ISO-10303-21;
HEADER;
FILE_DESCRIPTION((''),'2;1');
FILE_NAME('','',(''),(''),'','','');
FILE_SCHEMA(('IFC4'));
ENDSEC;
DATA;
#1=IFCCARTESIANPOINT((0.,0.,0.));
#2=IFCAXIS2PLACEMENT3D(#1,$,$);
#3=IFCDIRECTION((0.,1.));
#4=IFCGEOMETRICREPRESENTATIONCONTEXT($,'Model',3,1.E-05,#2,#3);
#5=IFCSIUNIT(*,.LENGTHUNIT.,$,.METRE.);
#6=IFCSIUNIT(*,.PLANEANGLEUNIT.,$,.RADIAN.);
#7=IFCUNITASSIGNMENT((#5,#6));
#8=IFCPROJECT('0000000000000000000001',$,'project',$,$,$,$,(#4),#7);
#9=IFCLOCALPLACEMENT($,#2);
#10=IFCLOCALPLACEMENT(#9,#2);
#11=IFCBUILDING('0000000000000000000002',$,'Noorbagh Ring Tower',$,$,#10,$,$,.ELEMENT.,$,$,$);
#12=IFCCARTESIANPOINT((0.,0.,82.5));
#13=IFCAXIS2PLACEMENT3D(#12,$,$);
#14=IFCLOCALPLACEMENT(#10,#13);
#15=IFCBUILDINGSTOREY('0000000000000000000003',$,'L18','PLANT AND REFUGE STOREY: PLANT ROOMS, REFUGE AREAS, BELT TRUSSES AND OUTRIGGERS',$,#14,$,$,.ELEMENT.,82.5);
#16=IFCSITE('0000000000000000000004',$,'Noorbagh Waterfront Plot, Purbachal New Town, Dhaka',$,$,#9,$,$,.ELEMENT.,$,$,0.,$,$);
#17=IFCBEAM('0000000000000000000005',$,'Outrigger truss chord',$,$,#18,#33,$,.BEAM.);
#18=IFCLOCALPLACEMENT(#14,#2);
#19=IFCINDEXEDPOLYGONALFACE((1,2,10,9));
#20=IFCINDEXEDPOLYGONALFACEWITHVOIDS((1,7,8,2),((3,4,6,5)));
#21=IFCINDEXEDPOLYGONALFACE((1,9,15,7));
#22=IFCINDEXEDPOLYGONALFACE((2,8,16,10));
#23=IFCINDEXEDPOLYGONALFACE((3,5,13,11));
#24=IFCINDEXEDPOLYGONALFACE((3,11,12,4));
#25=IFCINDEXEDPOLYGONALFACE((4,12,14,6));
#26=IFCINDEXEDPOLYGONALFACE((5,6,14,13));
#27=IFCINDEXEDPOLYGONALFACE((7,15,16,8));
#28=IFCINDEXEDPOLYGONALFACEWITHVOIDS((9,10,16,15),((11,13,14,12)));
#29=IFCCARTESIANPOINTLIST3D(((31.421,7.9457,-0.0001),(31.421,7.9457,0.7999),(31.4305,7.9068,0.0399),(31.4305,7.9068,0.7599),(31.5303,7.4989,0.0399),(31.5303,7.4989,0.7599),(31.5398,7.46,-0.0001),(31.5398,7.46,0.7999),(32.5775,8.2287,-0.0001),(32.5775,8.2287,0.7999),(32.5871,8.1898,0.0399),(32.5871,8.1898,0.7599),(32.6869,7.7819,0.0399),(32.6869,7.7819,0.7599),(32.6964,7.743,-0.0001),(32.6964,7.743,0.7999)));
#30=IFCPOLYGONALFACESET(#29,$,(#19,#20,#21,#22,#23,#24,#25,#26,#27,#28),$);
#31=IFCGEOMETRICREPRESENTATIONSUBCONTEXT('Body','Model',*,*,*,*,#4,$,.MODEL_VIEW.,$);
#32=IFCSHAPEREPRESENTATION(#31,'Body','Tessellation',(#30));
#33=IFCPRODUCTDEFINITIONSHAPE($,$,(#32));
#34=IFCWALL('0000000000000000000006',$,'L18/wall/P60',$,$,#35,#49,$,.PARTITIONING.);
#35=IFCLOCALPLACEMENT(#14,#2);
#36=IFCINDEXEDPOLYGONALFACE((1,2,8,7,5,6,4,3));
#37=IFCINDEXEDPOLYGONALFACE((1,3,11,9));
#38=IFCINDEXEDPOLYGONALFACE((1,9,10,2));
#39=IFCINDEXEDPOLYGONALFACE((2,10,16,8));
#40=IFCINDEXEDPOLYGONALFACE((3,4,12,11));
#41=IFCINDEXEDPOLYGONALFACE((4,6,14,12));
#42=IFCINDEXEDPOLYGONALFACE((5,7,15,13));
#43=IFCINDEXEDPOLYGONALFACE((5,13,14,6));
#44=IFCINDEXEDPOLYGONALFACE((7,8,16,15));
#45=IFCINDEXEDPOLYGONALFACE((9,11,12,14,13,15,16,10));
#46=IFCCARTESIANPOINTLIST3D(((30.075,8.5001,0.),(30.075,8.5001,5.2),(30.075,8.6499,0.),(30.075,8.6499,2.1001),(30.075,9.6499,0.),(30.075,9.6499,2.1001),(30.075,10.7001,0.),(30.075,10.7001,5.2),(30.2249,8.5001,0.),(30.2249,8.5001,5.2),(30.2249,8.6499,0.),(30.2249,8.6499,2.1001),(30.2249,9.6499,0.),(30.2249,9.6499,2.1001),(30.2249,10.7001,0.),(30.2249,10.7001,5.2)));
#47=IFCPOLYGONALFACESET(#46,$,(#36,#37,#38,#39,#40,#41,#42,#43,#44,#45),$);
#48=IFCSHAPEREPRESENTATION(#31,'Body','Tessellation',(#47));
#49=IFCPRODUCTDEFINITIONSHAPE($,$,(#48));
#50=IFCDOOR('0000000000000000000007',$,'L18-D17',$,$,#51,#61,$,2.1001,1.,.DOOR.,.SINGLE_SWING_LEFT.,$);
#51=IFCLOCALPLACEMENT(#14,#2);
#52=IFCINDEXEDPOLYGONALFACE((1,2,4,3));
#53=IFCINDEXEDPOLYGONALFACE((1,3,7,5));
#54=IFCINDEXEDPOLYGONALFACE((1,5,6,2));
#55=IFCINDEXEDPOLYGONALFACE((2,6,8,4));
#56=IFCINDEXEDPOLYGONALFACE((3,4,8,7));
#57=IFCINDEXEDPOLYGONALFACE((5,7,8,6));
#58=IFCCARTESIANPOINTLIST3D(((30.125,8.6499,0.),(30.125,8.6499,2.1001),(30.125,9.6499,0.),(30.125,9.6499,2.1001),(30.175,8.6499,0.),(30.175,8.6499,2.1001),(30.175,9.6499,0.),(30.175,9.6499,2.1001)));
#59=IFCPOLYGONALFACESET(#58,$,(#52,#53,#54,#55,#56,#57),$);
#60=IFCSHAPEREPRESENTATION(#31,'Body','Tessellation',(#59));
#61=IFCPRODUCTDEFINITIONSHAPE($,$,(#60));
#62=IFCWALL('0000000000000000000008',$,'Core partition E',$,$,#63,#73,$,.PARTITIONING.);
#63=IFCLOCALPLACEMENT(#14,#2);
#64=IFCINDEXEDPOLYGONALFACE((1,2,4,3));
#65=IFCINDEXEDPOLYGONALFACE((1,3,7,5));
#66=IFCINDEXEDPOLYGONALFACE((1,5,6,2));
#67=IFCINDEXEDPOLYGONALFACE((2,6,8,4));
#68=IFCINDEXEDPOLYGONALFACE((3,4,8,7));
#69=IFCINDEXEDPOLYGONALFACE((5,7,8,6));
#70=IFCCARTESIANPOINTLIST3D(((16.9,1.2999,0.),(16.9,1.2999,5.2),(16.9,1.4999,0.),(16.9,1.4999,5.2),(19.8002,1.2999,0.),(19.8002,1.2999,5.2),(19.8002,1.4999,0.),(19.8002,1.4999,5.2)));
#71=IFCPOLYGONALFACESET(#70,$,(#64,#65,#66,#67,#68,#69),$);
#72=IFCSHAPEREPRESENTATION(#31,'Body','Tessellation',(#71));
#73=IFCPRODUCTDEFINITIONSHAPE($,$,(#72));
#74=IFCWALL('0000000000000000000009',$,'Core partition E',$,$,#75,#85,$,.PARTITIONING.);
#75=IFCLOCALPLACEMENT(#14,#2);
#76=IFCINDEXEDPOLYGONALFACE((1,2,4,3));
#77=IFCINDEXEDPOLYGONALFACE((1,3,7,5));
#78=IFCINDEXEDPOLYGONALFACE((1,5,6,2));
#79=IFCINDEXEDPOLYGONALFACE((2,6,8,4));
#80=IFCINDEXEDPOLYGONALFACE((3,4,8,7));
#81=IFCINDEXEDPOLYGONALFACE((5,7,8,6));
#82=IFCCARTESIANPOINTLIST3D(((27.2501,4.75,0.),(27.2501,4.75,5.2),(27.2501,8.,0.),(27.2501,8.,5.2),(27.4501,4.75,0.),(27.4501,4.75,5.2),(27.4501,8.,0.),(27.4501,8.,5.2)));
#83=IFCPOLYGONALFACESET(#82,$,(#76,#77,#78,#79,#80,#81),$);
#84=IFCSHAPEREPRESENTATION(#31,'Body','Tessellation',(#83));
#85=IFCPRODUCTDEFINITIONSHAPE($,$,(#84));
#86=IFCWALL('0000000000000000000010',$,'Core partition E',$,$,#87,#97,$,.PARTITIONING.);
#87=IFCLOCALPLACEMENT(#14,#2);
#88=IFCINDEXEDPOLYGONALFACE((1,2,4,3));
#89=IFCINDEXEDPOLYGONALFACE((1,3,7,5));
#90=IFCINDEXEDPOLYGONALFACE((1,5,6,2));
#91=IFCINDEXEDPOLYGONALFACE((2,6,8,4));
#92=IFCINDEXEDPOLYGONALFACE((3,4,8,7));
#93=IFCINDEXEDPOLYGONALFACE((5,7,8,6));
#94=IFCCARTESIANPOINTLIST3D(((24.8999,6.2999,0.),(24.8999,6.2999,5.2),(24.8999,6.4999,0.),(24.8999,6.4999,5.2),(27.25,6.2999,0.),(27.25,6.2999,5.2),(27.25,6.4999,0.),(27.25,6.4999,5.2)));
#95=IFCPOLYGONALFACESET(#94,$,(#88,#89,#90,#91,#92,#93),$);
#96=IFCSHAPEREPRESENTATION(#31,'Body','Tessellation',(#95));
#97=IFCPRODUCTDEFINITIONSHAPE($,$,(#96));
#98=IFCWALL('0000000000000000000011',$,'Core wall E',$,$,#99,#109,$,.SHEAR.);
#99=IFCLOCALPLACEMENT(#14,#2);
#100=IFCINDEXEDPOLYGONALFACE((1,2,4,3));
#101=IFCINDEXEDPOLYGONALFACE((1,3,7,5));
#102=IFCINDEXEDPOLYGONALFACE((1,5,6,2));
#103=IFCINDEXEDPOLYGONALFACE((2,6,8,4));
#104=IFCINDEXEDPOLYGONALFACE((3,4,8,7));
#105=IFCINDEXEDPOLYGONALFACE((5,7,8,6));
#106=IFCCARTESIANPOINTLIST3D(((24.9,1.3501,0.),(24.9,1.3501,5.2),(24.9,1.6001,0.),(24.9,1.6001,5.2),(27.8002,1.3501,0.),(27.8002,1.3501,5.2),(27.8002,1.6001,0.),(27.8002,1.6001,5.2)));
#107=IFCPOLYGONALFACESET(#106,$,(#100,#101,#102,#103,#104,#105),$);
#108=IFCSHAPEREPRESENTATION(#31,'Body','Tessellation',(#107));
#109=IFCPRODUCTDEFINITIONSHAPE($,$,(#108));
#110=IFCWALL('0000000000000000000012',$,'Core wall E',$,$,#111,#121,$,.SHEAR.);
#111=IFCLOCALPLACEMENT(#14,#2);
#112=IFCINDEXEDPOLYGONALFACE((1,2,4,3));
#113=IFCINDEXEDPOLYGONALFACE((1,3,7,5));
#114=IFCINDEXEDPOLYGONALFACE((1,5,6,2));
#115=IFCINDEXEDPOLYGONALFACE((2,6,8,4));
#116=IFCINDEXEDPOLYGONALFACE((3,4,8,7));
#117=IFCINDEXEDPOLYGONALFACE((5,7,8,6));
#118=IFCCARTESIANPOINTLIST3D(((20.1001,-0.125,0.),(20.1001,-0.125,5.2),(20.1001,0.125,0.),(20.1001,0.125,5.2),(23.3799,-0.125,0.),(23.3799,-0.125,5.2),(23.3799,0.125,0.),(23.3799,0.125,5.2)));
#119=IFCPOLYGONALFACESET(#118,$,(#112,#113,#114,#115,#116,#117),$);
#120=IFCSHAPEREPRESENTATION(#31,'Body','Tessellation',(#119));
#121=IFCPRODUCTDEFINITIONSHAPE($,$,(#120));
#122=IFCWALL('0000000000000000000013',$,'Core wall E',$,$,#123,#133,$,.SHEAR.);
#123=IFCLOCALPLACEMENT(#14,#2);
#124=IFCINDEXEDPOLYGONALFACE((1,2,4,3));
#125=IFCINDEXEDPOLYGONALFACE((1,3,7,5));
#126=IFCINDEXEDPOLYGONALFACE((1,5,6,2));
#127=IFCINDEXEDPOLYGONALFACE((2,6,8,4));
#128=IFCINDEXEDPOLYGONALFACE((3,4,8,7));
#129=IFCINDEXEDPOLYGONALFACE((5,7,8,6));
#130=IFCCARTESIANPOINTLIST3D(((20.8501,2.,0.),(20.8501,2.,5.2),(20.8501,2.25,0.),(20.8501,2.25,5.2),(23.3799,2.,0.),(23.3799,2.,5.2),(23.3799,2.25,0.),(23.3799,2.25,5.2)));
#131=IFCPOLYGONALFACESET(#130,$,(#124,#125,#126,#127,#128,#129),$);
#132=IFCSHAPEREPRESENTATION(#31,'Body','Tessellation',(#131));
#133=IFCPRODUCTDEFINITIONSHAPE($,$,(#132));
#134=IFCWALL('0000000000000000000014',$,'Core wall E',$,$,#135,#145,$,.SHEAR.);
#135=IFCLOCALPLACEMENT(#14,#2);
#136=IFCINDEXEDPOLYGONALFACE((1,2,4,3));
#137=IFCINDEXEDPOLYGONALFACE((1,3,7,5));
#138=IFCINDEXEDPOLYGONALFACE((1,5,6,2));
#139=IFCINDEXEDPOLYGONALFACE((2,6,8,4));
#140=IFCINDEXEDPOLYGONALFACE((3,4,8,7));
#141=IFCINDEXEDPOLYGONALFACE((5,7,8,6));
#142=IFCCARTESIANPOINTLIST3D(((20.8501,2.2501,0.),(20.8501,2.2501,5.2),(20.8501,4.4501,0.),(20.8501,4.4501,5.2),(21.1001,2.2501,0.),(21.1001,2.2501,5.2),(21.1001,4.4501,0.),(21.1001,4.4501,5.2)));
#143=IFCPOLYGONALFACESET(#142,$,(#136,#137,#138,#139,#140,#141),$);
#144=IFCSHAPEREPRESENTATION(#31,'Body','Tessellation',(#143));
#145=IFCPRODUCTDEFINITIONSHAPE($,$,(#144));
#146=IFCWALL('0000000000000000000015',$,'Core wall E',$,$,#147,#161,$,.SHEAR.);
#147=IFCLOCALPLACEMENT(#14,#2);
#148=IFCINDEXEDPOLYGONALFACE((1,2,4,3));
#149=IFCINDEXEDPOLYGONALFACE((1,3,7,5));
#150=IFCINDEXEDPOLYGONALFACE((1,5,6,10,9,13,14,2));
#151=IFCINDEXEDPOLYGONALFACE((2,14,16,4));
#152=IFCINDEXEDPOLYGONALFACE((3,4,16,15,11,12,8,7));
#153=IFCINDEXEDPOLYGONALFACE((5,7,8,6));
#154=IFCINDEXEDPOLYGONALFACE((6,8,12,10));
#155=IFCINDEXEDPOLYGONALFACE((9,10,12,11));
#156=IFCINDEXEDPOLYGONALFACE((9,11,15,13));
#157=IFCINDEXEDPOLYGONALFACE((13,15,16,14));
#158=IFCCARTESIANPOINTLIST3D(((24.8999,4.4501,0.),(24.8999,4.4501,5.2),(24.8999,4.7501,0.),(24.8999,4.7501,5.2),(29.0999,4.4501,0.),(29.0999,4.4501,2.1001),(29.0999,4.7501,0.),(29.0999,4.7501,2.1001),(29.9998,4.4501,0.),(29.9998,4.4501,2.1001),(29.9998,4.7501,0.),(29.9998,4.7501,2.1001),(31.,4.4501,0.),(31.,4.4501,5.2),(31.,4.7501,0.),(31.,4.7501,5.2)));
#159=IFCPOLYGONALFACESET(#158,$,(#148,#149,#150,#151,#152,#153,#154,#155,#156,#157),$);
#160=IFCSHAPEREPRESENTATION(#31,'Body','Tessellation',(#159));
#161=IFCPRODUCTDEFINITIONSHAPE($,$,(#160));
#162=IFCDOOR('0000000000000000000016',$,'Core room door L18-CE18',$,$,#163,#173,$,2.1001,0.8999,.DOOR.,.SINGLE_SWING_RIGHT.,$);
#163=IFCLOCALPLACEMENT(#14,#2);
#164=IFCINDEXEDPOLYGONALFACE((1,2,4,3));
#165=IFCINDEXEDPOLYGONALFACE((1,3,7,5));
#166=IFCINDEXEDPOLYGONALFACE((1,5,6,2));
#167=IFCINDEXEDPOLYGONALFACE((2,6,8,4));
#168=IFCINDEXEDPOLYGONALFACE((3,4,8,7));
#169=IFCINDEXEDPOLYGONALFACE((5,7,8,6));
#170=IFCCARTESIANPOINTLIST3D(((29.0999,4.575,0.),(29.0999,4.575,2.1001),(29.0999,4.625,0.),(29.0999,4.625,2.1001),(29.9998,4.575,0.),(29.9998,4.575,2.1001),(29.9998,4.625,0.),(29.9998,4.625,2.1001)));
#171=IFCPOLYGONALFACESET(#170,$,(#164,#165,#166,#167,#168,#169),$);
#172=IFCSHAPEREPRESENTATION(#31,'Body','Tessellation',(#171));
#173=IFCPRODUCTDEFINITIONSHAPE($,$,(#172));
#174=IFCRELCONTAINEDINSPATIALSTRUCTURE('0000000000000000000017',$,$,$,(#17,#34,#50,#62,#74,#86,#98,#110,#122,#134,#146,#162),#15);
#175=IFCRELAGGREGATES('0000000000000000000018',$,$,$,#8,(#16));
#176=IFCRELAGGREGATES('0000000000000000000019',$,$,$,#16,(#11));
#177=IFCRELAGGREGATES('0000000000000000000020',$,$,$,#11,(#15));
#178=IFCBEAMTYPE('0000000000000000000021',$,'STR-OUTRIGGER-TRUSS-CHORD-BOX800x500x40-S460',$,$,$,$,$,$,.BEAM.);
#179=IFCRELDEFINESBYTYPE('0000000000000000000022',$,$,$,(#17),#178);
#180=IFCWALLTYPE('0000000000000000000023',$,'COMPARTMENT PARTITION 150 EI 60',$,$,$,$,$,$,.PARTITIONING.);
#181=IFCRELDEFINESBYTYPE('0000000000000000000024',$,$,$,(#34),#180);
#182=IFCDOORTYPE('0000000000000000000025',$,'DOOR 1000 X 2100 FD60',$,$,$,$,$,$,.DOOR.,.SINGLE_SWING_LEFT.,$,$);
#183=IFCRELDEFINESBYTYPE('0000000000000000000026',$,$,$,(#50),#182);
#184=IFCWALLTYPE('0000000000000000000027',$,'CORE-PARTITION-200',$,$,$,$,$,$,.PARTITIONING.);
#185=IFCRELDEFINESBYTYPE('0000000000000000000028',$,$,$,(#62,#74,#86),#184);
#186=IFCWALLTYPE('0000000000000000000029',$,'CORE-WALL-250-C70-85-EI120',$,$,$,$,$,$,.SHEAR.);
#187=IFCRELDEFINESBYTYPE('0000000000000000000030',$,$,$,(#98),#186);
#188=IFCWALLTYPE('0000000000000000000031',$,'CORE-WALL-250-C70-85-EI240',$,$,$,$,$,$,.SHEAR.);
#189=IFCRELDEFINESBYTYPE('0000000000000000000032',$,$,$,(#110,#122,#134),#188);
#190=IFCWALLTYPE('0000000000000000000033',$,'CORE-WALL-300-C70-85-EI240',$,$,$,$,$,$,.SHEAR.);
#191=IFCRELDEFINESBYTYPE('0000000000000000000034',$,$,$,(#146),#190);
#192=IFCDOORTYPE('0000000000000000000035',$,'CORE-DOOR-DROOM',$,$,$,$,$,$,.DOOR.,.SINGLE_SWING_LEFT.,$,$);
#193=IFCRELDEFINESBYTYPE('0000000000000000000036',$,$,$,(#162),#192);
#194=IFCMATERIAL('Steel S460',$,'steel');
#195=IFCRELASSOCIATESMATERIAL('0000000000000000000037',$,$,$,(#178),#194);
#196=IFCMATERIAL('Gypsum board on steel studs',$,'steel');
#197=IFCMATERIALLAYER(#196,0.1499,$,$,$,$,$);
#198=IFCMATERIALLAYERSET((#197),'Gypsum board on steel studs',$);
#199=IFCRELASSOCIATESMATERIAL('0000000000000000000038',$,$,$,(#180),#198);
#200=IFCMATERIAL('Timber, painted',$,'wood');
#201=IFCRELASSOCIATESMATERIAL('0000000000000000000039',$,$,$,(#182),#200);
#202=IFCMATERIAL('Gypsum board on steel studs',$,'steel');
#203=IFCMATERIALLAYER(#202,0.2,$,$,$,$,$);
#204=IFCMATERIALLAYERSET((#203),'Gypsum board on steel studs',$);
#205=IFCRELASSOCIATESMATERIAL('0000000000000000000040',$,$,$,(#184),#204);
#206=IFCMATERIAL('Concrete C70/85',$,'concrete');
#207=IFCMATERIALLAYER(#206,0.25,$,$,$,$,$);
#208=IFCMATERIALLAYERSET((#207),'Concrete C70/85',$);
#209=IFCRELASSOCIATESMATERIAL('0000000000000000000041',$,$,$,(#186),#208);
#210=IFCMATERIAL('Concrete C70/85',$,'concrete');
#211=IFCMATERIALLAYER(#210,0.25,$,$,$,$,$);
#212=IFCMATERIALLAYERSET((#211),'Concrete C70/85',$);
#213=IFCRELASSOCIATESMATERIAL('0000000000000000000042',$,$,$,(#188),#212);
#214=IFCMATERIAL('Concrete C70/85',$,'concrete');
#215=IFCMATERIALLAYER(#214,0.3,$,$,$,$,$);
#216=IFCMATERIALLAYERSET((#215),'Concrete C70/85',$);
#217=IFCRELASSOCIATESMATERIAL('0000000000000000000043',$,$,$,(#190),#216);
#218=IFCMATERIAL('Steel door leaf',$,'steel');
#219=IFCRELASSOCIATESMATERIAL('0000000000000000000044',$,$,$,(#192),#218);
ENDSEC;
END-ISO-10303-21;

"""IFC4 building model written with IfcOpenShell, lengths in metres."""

from ifc_helpers import new_model, si_unit, direction, frame, frame_2d, origin, origin_2d, place, context, subcontext, project, spatial, rectangle, hollow_rectangle, extrude, material, layer, layer_set, material_profile, profile_set, type_object, element, fill, save


model = new_model("IFC4")

# Units and contexts
model_context = context("Model", 3, precision=1e-05, world=origin(), true_north=direction((0.0, 1.0)))
body_context = subcontext(model_context, "Body", "Model", "MODEL_VIEW")
ifc_project = project(units=[si_unit("LENGTHUNIT", "METRE"), si_unit("PLANEANGLEUNIT", "RADIAN")], contexts=[model_context])

# Site, building, storey
site_placement = place(None, origin())
site = spatial("IfcSite", under=ifc_project, at=site_placement, Name="Noorbagh Waterfront Plot, Purbachal New Town, Dhaka", CompositionType="ELEMENT", RefElevation=0.0)
building_placement = place(site_placement, origin())
building = spatial("IfcBuilding", under=site, at=building_placement, Name="Noorbagh Ring Tower", CompositionType="ELEMENT")
storey_placement = place(building_placement, frame((0.0, 0.0, 82.5)))
storey = spatial("IfcBuildingStorey", under=building, at=storey_placement, Name="L18", Description="PLANT AND REFUGE STOREY: PLANT ROOMS, REFUGE AREAS, BELT TRUSSES AND OUTRIGGERS", CompositionType="ELEMENT", Elevation=82.5)

# Beam
ifc_material_1 = material(Name="Steel S460", Category="steel")
ifc_material_profile = material_profile(ifc_material_1, hollow_rectangle(XDim=0.5, YDim=0.8, WallThickness=0.04, at=origin_2d()), Name="BOX800x500x40")
ifc_profile_set = profile_set([ifc_material_profile], Name="Steel S460")
beam_type = type_object("IfcBeamType", Name="STR-OUTRIGGER-TRUSS-CHORD-BOX800x500x40-S460", PredefinedType="BEAM", material=ifc_profile_set)
beam_placement = place(storey_placement, frame((32.637, 7.9858, 0.3999), z_axis=(-0.971349, -0.237659, 0.0), x_axis=(0.237659, -0.971349, 0.0)))
element("IfcBeam", 1, at=beam_placement, inside=storey, type_object=beam_type, Name="Outrigger truss chord", PredefinedType="BEAM", context=body_context, shape_type="SweptSolid", body=[
    extrude(hollow_rectangle(XDim=0.5, YDim=0.8, WallThickness=0.04, at=origin_2d()), origin(), (0.0, 0.0, 1.0), 1.1907),
])

# Wall, opening, door
ifc_material_2 = material(Name="Gypsum board on steel studs", Category="steel")
ifc_layer_1 = layer(ifc_material_2, 0.1499)
ifc_layer_set_1 = layer_set([ifc_layer_1], Name="Gypsum board on steel studs")
wall_type_1 = type_object("IfcWallType", Name="COMPARTMENT PARTITION 150 EI 60", PredefinedType="PARTITIONING", material=ifc_layer_set_1)
wall_1_placement = place(storey_placement, frame((30.1499, 8.5, 0.0), z_axis=(0.0, 0.0, 1.0), x_axis=(0.0, 1.0, 0.0)))
wall_1 = element("IfcWall", 2, at=wall_1_placement, inside=storey, type_object=wall_type_1, Name="L18/wall/P60", PredefinedType="PARTITIONING", context=body_context, shape_type="SweptSolid", body=[
    extrude(rectangle(XDim=2.2, YDim=0.1499, at=frame_2d((1.1001, 0.0))), origin(), (0.0, 0.0, 1.0), 5.2),
])
opening_1_placement = place(wall_1_placement, frame((0.1499, 0.0, 0.0)))
opening_1 = element("IfcOpeningElement", 3, at=opening_1_placement, cuts=wall_1, PredefinedType="OPENING", context=body_context, shape_type="SweptSolid", body=[
    extrude(rectangle(XDim=1.0, YDim=2.1001, at=frame_2d((0.5, 1.05))), frame((0.0, 0.085, 0.0), z_axis=(0.0, -1.0, 0.0), x_axis=(1.0, 0.0, 0.0)), (0.0, 0.0, 1.0), 0.1699),
])
ifc_material_3 = material(Name="Timber, painted", Category="wood")
door_type_1 = type_object("IfcDoorType", Name="DOOR 1000 X 2100 FD60", OperationType="SINGLE_SWING_LEFT", PredefinedType="DOOR", material=ifc_material_3)
door_1_placement = place(opening_1_placement, origin())
door_1 = element("IfcDoor", 4, at=door_1_placement, inside=storey, type_object=door_type_1, Name="L18-D17", OperationType="SINGLE_SWING_LEFT", OverallHeight=2.1001, OverallWidth=1.0, PredefinedType="DOOR", context=body_context, shape_type="SweptSolid", body=[
    extrude(rectangle(XDim=1.0, YDim=2.1001, at=frame_2d((0.5, 1.05))), frame((0.0, 0.0249, 0.0), z_axis=(0.0, -1.0, 0.0), x_axis=(1.0, 0.0, 0.0)), (0.0, 0.0, 1.0), 0.05),
])
fill(opening_1, door_1)

# Walls
ifc_material_4 = material(Name="Gypsum board on steel studs", Category="steel")
ifc_layer_2 = layer(ifc_material_4, 0.2)
ifc_layer_set_2 = layer_set([ifc_layer_2], Name="Gypsum board on steel studs")
wall_type_2 = type_object("IfcWallType", Name="CORE-PARTITION-200", PredefinedType="PARTITIONING", material=ifc_layer_set_2)
wall_2_placement = place(storey_placement, frame((16.8999, 1.3999, 0.0), z_axis=(0.0, 0.0, 1.0), x_axis=(1.0, 0.0, 0.0)))
element("IfcWall", 5, at=wall_2_placement, inside=storey, type_object=wall_type_2, Name="Core partition E", PredefinedType="PARTITIONING", context=body_context, shape_type="SweptSolid", body=[
    extrude(rectangle(XDim=2.9001, YDim=0.2, at=frame_2d((1.4502, 0.0))), origin(), (0.0, 0.0, 1.0), 5.2),
])
wall_3_placement = place(storey_placement, frame((27.3501, 4.75, 0.0), z_axis=(0.0, 0.0, 1.0), x_axis=(0.0, 1.0, 0.0)))
element("IfcWall", 6, at=wall_3_placement, inside=storey, type_object=wall_type_2, Name="Core partition E", PredefinedType="PARTITIONING", context=body_context, shape_type="SweptSolid", body=[
    extrude(rectangle(XDim=3.25, YDim=0.2, at=frame_2d((1.625, 0.0))), origin(), (0.0, 0.0, 1.0), 5.2),
])
wall_4_placement = place(storey_placement, frame((24.8999, 6.3999, 0.0), z_axis=(0.0, 0.0, 1.0), x_axis=(1.0, 0.0, 0.0)))
element("IfcWall", 7, at=wall_4_placement, inside=storey, type_object=wall_type_2, Name="Core partition E", PredefinedType="PARTITIONING", context=body_context, shape_type="SweptSolid", body=[
    extrude(rectangle(XDim=2.3501, YDim=0.2, at=frame_2d((1.175, 0.0))), origin(), (0.0, 0.0, 1.0), 5.2),
])
ifc_material_5 = material(Name="Concrete C70/85", Category="concrete")
ifc_layer_3 = layer(ifc_material_5, 0.25)
ifc_layer_set_3 = layer_set([ifc_layer_3], Name="Concrete C70/85")
wall_type_3 = type_object("IfcWallType", Name="CORE-WALL-250-C70-85-EI120", PredefinedType="SHEAR", material=ifc_layer_set_3)
wall_5_placement = place(storey_placement, frame((24.8999, 1.4751, 0.0), z_axis=(0.0, 0.0, 1.0), x_axis=(1.0, 0.0, 0.0)))
element("IfcWall", 8, at=wall_5_placement, inside=storey, type_object=wall_type_3, Name="Core wall E", PredefinedType="SHEAR", context=body_context, shape_type="SweptSolid", body=[
    extrude(rectangle(XDim=2.9001, YDim=0.25, at=frame_2d((1.4502, 0.0))), origin(), (0.0, 0.0, 1.0), 5.2),
])
ifc_material_6 = material(Name="Concrete C70/85", Category="concrete")
ifc_layer_4 = layer(ifc_material_6, 0.25)
ifc_layer_set_4 = layer_set([ifc_layer_4], Name="Concrete C70/85")
wall_type_4 = type_object("IfcWallType", Name="CORE-WALL-250-C70-85-EI240", PredefinedType="SHEAR", material=ifc_layer_set_4)
wall_6_placement = place(storey_placement, frame((20.1001, 0.0, 0.0), z_axis=(0.0, 0.0, 1.0), x_axis=(1.0, 0.0, 0.0)))
element("IfcWall", 9, at=wall_6_placement, inside=storey, type_object=wall_type_4, Name="Core wall E", PredefinedType="SHEAR", context=body_context, shape_type="SweptSolid", body=[
    extrude(rectangle(XDim=3.2798, YDim=0.25, at=frame_2d((1.6399, 0.0))), origin(), (0.0, 0.0, 1.0), 5.2),
])
wall_7_placement = place(storey_placement, frame((20.8501, 2.125, 0.0), z_axis=(0.0, 0.0, 1.0), x_axis=(1.0, 0.0, 0.0)))
element("IfcWall", 10, at=wall_7_placement, inside=storey, type_object=wall_type_4, Name="Core wall E", PredefinedType="SHEAR", context=body_context, shape_type="SweptSolid", body=[
    extrude(rectangle(XDim=2.5298, YDim=0.25, at=frame_2d((1.2649, 0.0))), origin(), (0.0, 0.0, 1.0), 5.2),
])
wall_8_placement = place(storey_placement, frame((20.9751, 2.25, 0.0), z_axis=(0.0, 0.0, 1.0), x_axis=(0.0, 1.0, 0.0)))
element("IfcWall", 11, at=wall_8_placement, inside=storey, type_object=wall_type_4, Name="Core wall E", PredefinedType="SHEAR", context=body_context, shape_type="SweptSolid", body=[
    extrude(rectangle(XDim=2.2, YDim=0.25, at=frame_2d((1.1001, 0.0))), origin(), (0.0, 0.0, 1.0), 5.2),
])

# Wall, opening, door
ifc_material_7 = material(Name="Concrete C70/85", Category="concrete")
ifc_layer_5 = layer(ifc_material_7, 0.3)
ifc_layer_set_5 = layer_set([ifc_layer_5], Name="Concrete C70/85")
wall_type_5 = type_object("IfcWallType", Name="CORE-WALL-300-C70-85-EI240", PredefinedType="SHEAR", material=ifc_layer_set_5)
wall_9_placement = place(storey_placement, frame((24.8999, 4.6001, 0.0), z_axis=(0.0, 0.0, 1.0), x_axis=(1.0, 0.0, 0.0)))
wall_9 = element("IfcWall", 12, at=wall_9_placement, inside=storey, type_object=wall_type_5, Name="Core wall E", PredefinedType="SHEAR", context=body_context, shape_type="SweptSolid", body=[
    extrude(rectangle(XDim=6.1001, YDim=0.3, at=frame_2d((3.05, 0.0))), origin(), (0.0, 0.0, 1.0), 5.2),
])
opening_2_placement = place(wall_9_placement, frame((4.2, 0.0, 0.0)))
opening_2 = element("IfcOpeningElement", 13, at=opening_2_placement, cuts=wall_9, PredefinedType="OPENING", context=body_context, shape_type="SweptSolid", body=[
    extrude(rectangle(XDim=0.8999, YDim=2.1001, at=frame_2d((0.45, 1.05))), frame((0.0, 0.1602, 0.0), z_axis=(0.0, -1.0, 0.0), x_axis=(1.0, 0.0, 0.0)), (0.0, 0.0, 1.0), 0.3201),
])
ifc_material_8 = material(Name="Steel door leaf", Category="steel")
door_type_2 = type_object("IfcDoorType", Name="CORE-DOOR-DROOM", OperationType="SINGLE_SWING_LEFT", PredefinedType="DOOR", material=ifc_material_8)
door_2_placement = place(opening_2_placement, origin())
door_2 = element("IfcDoor", 14, at=door_2_placement, inside=storey, type_object=door_type_2, Name="Core room door L18-CE18", OperationType="SINGLE_SWING_RIGHT", OverallHeight=2.1001, OverallWidth=0.8999, PredefinedType="DOOR", context=body_context, shape_type="SweptSolid", body=[
    extrude(rectangle(XDim=0.8999, YDim=2.1001, at=frame_2d((0.45, 1.05))), frame((0.0, 0.0249, 0.0), z_axis=(0.0, -1.0, 0.0), x_axis=(1.0, 0.0, 0.0)), (0.0, 0.0, 1.0), 0.05),
])
fill(opening_2, door_2)

save(model, "model.ifc")
